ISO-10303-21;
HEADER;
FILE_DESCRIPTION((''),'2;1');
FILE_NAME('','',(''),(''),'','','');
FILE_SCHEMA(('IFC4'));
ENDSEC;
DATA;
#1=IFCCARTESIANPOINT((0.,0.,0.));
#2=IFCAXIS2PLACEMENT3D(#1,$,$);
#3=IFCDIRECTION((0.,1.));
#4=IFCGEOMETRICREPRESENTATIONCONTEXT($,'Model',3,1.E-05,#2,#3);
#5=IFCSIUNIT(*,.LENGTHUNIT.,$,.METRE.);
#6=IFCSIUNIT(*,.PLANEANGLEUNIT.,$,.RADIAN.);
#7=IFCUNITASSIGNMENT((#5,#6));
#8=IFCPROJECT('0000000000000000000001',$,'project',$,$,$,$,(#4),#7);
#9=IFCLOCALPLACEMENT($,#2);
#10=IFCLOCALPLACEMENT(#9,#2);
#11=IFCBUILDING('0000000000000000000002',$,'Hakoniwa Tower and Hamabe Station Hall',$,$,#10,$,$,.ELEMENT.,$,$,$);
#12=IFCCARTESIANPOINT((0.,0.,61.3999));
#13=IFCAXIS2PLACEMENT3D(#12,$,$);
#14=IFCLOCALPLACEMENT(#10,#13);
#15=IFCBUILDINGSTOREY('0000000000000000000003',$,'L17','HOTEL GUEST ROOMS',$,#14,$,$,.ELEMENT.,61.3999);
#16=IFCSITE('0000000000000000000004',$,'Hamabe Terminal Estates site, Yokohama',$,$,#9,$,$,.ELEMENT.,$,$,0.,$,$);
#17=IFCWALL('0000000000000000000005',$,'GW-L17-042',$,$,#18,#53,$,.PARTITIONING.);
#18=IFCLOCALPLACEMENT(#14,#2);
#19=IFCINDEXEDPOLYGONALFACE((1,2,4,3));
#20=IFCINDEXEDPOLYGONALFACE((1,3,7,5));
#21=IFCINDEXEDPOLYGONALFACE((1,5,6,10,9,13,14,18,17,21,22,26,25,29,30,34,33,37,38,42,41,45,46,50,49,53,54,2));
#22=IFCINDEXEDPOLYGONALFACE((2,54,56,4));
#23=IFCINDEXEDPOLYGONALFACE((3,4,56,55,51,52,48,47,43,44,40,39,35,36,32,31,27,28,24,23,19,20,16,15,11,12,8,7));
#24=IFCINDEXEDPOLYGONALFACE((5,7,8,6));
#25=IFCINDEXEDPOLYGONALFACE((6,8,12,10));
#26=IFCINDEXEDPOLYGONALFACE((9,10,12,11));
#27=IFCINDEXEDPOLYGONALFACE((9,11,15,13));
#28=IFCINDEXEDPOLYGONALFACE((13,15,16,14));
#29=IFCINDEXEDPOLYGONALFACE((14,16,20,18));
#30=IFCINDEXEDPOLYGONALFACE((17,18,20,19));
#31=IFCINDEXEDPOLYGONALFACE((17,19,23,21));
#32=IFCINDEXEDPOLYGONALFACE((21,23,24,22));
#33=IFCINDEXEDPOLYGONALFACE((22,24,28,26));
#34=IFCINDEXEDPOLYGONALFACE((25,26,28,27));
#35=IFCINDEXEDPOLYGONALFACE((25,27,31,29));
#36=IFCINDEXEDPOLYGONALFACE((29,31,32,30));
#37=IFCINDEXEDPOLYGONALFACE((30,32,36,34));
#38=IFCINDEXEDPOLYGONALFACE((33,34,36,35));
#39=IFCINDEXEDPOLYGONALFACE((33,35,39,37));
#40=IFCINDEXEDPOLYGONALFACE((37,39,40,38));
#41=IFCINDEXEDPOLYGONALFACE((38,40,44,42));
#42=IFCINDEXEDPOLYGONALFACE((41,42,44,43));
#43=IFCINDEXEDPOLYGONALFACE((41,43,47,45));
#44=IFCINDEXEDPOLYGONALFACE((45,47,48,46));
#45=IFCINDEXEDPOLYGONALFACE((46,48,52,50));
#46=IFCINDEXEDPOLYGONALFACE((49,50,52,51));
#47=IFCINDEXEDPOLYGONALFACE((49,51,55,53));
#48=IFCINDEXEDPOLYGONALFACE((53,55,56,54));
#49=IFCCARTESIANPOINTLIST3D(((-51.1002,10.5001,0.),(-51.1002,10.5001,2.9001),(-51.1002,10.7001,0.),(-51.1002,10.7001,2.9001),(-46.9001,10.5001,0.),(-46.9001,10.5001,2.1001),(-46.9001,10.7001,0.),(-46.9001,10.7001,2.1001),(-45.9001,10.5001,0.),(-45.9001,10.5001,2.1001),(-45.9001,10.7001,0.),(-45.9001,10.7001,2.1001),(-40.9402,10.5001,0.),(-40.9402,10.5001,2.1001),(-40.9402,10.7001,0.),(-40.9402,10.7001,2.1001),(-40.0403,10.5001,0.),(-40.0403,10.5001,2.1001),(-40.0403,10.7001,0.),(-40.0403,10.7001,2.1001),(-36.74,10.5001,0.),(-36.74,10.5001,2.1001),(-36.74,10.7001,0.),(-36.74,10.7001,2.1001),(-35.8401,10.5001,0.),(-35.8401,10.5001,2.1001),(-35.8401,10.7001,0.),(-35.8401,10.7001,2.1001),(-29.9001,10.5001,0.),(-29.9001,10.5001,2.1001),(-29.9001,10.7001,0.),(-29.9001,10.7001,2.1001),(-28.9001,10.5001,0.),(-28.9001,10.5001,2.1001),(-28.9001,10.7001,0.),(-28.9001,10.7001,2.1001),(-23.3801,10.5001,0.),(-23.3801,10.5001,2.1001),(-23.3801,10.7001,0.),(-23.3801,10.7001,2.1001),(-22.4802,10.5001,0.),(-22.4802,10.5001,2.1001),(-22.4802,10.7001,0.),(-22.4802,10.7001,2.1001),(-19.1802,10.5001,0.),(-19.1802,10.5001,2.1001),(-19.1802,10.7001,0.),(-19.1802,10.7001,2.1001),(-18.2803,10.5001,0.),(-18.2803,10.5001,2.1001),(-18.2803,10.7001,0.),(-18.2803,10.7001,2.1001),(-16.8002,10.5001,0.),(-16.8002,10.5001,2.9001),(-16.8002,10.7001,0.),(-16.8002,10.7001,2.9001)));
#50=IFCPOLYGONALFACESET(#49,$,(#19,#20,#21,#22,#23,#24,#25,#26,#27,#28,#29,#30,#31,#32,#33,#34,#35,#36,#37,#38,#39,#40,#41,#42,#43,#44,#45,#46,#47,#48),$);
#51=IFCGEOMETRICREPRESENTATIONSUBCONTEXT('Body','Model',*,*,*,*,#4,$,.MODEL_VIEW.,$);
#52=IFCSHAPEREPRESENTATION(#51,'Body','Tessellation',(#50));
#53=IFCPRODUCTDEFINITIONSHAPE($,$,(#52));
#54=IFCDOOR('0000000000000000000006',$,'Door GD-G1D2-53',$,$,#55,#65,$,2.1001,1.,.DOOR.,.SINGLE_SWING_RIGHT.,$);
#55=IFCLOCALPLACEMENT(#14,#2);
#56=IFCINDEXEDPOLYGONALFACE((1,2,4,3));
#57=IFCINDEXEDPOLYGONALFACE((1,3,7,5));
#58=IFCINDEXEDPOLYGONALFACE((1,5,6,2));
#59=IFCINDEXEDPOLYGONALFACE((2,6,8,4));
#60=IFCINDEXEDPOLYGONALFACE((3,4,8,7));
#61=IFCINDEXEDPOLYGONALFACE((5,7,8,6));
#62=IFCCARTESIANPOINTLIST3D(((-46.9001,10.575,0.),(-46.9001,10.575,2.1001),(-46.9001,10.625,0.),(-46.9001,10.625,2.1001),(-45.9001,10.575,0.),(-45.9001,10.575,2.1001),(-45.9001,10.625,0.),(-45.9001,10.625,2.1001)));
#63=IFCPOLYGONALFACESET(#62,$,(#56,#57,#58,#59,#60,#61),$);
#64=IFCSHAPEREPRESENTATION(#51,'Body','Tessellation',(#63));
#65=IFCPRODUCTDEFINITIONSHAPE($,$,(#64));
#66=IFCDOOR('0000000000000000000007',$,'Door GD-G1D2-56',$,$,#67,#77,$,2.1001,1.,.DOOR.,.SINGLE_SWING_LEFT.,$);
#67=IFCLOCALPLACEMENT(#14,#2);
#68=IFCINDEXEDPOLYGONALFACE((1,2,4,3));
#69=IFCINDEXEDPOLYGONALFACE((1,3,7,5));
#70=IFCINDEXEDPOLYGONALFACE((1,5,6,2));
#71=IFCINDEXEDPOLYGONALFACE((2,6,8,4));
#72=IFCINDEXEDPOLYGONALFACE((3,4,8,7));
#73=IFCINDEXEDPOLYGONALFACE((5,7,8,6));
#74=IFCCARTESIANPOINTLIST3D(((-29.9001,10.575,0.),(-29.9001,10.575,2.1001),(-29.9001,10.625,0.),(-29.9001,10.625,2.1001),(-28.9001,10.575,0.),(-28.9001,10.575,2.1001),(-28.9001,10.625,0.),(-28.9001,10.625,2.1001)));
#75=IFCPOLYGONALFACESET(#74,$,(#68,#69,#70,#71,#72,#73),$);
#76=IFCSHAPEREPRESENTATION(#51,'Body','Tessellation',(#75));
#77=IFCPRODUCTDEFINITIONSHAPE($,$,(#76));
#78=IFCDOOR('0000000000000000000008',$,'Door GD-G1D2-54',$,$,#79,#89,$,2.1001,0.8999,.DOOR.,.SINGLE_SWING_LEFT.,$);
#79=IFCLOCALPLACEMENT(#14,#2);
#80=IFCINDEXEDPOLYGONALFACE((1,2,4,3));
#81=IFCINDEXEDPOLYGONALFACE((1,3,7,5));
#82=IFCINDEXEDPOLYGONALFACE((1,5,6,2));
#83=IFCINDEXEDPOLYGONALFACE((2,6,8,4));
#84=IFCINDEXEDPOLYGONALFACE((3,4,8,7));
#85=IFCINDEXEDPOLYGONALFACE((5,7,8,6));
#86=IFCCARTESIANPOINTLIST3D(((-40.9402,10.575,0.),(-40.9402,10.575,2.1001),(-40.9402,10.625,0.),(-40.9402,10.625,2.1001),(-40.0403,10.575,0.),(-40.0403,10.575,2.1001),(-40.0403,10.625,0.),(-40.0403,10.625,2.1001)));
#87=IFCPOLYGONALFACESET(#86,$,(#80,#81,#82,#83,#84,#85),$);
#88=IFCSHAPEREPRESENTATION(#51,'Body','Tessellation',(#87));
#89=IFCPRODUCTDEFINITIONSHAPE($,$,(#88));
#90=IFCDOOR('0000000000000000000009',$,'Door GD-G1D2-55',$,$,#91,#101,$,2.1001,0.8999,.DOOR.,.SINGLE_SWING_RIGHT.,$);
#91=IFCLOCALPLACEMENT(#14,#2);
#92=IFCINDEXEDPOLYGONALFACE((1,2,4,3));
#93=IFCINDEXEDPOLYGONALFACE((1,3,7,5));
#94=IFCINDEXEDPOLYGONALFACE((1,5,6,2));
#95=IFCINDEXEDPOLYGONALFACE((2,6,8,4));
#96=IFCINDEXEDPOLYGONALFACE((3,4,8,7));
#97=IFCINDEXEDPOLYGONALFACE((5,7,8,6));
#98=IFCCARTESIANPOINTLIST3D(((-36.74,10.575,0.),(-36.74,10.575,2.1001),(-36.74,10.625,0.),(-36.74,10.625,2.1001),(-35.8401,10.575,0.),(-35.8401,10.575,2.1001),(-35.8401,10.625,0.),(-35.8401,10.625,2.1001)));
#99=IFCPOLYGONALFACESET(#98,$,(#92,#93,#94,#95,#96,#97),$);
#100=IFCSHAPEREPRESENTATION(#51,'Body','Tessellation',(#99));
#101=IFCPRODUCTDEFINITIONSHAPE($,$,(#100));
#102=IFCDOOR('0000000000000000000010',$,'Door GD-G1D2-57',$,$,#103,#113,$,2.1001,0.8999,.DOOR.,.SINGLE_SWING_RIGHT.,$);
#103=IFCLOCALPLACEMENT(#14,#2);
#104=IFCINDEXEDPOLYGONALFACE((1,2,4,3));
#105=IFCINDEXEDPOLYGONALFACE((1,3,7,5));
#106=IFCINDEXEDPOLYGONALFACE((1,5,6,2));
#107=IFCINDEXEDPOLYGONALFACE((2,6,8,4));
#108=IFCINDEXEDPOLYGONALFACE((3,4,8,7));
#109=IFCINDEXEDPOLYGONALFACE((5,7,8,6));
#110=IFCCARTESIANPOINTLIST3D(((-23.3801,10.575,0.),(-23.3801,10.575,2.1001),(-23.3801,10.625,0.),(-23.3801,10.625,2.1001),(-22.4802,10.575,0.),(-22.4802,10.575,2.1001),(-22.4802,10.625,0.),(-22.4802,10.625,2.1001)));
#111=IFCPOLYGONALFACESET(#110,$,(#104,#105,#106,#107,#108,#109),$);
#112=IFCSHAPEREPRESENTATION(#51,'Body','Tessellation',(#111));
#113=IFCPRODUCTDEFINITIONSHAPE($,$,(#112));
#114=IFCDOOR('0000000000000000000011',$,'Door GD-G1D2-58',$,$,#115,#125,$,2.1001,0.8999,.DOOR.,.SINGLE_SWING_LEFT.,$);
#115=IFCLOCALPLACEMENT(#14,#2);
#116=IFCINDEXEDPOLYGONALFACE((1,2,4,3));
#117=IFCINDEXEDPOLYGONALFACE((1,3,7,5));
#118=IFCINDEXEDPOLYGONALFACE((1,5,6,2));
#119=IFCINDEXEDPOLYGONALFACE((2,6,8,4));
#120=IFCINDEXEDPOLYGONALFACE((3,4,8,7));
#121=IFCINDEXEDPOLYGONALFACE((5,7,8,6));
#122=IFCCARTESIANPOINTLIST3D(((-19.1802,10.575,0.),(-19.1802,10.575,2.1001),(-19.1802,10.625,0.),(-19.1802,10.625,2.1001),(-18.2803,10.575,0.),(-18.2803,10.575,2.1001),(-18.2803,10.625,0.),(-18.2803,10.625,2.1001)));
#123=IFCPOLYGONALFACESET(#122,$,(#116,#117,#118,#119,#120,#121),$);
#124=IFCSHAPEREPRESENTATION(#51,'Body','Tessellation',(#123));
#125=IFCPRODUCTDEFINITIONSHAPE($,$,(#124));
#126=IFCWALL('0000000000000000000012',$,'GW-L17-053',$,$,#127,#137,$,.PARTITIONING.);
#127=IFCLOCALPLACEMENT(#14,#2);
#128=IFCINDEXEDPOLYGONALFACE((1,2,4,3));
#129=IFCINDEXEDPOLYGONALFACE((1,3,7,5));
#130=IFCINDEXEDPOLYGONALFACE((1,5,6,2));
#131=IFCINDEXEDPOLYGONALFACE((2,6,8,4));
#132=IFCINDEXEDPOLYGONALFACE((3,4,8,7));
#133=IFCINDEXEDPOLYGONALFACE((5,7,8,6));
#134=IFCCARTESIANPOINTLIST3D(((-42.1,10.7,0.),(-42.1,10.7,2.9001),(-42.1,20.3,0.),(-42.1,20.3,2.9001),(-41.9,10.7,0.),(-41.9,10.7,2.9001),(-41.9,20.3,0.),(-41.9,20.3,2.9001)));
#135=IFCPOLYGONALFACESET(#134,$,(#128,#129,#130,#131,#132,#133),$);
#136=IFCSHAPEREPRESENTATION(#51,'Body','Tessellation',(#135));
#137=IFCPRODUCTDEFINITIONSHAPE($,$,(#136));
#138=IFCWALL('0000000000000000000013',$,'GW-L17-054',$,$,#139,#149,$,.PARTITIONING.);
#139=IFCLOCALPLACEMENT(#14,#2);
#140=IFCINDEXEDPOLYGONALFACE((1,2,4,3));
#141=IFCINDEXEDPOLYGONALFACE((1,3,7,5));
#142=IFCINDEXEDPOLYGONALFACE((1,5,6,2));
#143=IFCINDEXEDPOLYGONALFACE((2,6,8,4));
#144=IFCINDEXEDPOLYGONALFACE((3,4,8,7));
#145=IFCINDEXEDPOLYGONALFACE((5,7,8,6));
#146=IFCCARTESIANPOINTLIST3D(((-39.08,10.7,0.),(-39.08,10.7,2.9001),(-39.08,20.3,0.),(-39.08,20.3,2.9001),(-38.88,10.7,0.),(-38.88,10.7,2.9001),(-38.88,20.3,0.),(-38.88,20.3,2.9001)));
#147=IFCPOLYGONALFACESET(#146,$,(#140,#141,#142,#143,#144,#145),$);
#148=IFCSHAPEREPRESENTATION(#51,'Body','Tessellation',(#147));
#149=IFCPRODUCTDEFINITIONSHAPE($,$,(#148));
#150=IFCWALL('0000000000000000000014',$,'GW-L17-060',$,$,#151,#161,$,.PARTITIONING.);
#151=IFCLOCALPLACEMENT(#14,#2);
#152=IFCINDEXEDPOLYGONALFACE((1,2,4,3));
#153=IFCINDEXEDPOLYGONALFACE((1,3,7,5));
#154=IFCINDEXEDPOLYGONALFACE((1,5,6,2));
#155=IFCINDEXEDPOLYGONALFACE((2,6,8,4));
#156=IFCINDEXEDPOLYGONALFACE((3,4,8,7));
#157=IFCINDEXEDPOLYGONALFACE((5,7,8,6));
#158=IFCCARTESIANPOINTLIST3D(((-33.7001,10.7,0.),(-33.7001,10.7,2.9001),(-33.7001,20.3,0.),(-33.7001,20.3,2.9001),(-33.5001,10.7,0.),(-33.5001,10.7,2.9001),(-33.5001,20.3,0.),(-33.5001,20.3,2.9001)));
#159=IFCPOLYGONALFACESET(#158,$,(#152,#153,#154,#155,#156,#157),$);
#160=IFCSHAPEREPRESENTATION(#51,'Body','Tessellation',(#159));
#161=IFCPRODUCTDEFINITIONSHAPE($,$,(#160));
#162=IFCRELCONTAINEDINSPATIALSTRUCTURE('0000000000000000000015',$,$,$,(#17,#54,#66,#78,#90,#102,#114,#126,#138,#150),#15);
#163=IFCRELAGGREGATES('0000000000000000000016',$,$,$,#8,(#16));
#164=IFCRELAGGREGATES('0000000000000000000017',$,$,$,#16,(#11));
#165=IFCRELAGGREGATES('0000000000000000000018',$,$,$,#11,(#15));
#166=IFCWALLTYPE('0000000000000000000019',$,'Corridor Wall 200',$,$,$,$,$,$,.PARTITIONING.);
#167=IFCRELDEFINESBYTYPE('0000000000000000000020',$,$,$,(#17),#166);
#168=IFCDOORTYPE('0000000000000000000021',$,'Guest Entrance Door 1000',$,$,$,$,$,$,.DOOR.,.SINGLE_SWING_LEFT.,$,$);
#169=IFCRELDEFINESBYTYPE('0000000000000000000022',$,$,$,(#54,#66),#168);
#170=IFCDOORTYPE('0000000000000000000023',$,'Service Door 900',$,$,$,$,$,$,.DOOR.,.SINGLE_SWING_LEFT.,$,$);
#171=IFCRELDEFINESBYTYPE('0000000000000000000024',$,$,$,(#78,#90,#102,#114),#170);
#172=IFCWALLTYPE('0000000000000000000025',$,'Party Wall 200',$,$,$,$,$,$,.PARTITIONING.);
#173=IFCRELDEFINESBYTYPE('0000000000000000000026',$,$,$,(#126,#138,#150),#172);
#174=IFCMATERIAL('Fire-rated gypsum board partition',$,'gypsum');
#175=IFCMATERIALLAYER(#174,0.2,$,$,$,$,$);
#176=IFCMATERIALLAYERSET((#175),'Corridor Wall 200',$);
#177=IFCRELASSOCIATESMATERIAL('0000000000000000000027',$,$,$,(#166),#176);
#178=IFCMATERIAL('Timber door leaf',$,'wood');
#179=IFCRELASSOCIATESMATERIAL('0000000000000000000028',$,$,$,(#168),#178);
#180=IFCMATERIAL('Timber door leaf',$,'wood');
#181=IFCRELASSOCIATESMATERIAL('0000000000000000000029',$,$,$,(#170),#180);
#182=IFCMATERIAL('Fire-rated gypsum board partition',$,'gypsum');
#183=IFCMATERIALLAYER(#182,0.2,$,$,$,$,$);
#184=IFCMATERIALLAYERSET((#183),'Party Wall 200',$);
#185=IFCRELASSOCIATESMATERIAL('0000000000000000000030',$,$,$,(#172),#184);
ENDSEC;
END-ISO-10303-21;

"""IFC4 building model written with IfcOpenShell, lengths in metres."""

from ifc_helpers import new_model, si_unit, direction, frame, frame_2d, origin, place, context, subcontext, project, spatial, rectangle, extrude, material, layer, layer_set, type_object, element, fill, save


model = new_model("IFC4")

# Units and contexts
model_context = context("Model", 3, precision=1e-05, world=origin(), true_north=direction((0.0, 1.0)))
body_context = subcontext(model_context, "Body", "Model", "MODEL_VIEW")
ifc_project = project(units=[si_unit("LENGTHUNIT", "METRE"), si_unit("PLANEANGLEUNIT", "RADIAN")], contexts=[model_context])

# Site, building, storey
site_placement = place(None, origin())
site = spatial("IfcSite", under=ifc_project, at=site_placement, Name="Hamabe Terminal Estates site, Yokohama", CompositionType="ELEMENT", RefElevation=0.0)
building_placement = place(site_placement, origin())
building = spatial("IfcBuilding", under=site, at=building_placement, Name="Hakoniwa Tower and Hamabe Station Hall", CompositionType="ELEMENT")
storey_placement = place(building_placement, frame((0.0, 0.0, 61.3999)))
storey = spatial("IfcBuildingStorey", under=building, at=storey_placement, Name="L17", Description="HOTEL GUEST ROOMS", CompositionType="ELEMENT", Elevation=61.3999)

# Wall, openings, doors
ifc_material_1 = material(Name="Fire-rated gypsum board partition", Category="gypsum")
ifc_layer_1 = layer(ifc_material_1, 0.2)
ifc_layer_set_1 = layer_set([ifc_layer_1], Name="Corridor Wall 200")
wall_type_1 = type_object("IfcWallType", Name="Corridor Wall 200", PredefinedType="PARTITIONING", material=ifc_layer_set_1)
ifc_material_2 = material(Name="Timber door leaf", Category="wood")
door_type_1 = type_object("IfcDoorType", Name="Guest Entrance Door 1000", OperationType="SINGLE_SWING_LEFT", PredefinedType="DOOR", material=ifc_material_2)
wall_1_placement = place(storey_placement, frame((-51.1001, 10.6001, 0.0), z_axis=(0.0, 0.0, 1.0), x_axis=(1.0, 0.0, 0.0)))
wall_1 = element("IfcWall", 1, at=wall_1_placement, inside=storey, type_object=wall_type_1, Name="GW-L17-042", PredefinedType="PARTITIONING", context=body_context, shape_type="SweptSolid", body=[
    extrude(rectangle(XDim=34.3, YDim=0.2, at=frame_2d((17.1499, 0.0))), origin(), (0.0, 0.0, 1.0), 2.9001),
])
opening_1_placement = place(wall_1_placement, frame((4.2, 0.0, 0.0)))
opening_1 = element("IfcOpeningElement", 2, at=opening_1_placement, cuts=wall_1, PredefinedType="OPENING", context=body_context, shape_type="SweptSolid", body=[
    extrude(rectangle(XDim=1.0, YDim=2.1001, at=frame_2d((0.5, 1.05))), frame((0.0, 0.1099, 0.0), z_axis=(0.0, -1.0, 0.0), x_axis=(1.0, 0.0, 0.0)), (0.0, 0.0, 1.0), 0.22),
])
opening_2_placement = place(wall_1_placement, frame((10.1599, 0.0, 0.0)))
opening_2 = element("IfcOpeningElement", 3, at=opening_2_placement, cuts=wall_1, PredefinedType="OPENING", context=body_context, shape_type="SweptSolid", body=[
    extrude(rectangle(XDim=0.8999, YDim=2.1001, at=frame_2d((0.45, 1.05))), frame((0.0, 0.1099, 0.0), z_axis=(0.0, -1.0, 0.0), x_axis=(1.0, 0.0, 0.0)), (0.0, 0.0, 1.0), 0.22),
])
opening_3_placement = place(wall_1_placement, frame((14.3601, 0.0, 0.0)))
opening_3 = element("IfcOpeningElement", 4, at=opening_3_placement, cuts=wall_1, PredefinedType="OPENING", context=body_context, shape_type="SweptSolid", body=[
    extrude(rectangle(XDim=0.8999, YDim=2.1001, at=frame_2d((0.45, 1.05))), frame((0.0, 0.1099, 0.0), z_axis=(0.0, -1.0, 0.0), x_axis=(1.0, 0.0, 0.0)), (0.0, 0.0, 1.0), 0.22),
])
opening_4_placement = place(wall_1_placement, frame((21.2, 0.0, 0.0)))
opening_4 = element("IfcOpeningElement", 5, at=opening_4_placement, cuts=wall_1, PredefinedType="OPENING", context=body_context, shape_type="SweptSolid", body=[
    extrude(rectangle(XDim=1.0, YDim=2.1001, at=frame_2d((0.5, 1.05))), frame((0.0, 0.1099, 0.0), z_axis=(0.0, -1.0, 0.0), x_axis=(1.0, 0.0, 0.0)), (0.0, 0.0, 1.0), 0.22),
])
opening_5_placement = place(wall_1_placement, frame((27.72, 0.0, 0.0)))
opening_5 = element("IfcOpeningElement", 6, at=opening_5_placement, cuts=wall_1, PredefinedType="OPENING", context=body_context, shape_type="SweptSolid", body=[
    extrude(rectangle(XDim=0.8999, YDim=2.1001, at=frame_2d((0.45, 1.05))), frame((0.0, 0.1099, 0.0), z_axis=(0.0, -1.0, 0.0), x_axis=(1.0, 0.0, 0.0)), (0.0, 0.0, 1.0), 0.22),
])
opening_6_placement = place(wall_1_placement, frame((31.9199, 0.0, 0.0)))
opening_6 = element("IfcOpeningElement", 7, at=opening_6_placement, cuts=wall_1, PredefinedType="OPENING", context=body_context, shape_type="SweptSolid", body=[
    extrude(rectangle(XDim=0.8999, YDim=2.1001, at=frame_2d((0.45, 1.05))), frame((0.0, 0.1099, 0.0), z_axis=(0.0, -1.0, 0.0), x_axis=(1.0, 0.0, 0.0)), (0.0, 0.0, 1.0), 0.22),
])
door_1_placement = place(opening_1_placement, origin())
door_1 = element("IfcDoor", 8, at=door_1_placement, inside=storey, type_object=door_type_1, Name="Door GD-G1D2-53", OperationType="SINGLE_SWING_RIGHT", OverallHeight=2.1001, OverallWidth=1.0, PredefinedType="DOOR", context=body_context, shape_type="SweptSolid", body=[
    extrude(rectangle(XDim=1.0, YDim=2.1001, at=frame_2d((0.5, 1.05))), frame((0.0, 0.0249, 0.0), z_axis=(0.0, -1.0, 0.0), x_axis=(1.0, 0.0, 0.0)), (0.0, 0.0, 1.0), 0.05),
])
fill(opening_1, door_1)
door_2_placement = place(opening_4_placement, origin())
door_2 = element("IfcDoor", 9, at=door_2_placement, inside=storey, type_object=door_type_1, Name="Door GD-G1D2-56", OperationType="SINGLE_SWING_LEFT", OverallHeight=2.1001, OverallWidth=1.0, PredefinedType="DOOR", context=body_context, shape_type="SweptSolid", body=[
    extrude(rectangle(XDim=1.0, YDim=2.1001, at=frame_2d((0.5, 1.05))), frame((0.0, 0.0249, 0.0), z_axis=(0.0, -1.0, 0.0), x_axis=(1.0, 0.0, 0.0)), (0.0, 0.0, 1.0), 0.05),
])
fill(opening_4, door_2)
ifc_material_3 = material(Name="Timber door leaf", Category="wood")
door_type_2 = type_object("IfcDoorType", Name="Service Door 900", OperationType="SINGLE_SWING_LEFT", PredefinedType="DOOR", material=ifc_material_3)
door_3_placement = place(opening_2_placement, origin())
door_3 = element("IfcDoor", 10, at=door_3_placement, inside=storey, type_object=door_type_2, Name="Door GD-G1D2-54", OperationType="SINGLE_SWING_LEFT", OverallHeight=2.1001, OverallWidth=0.8999, PredefinedType="DOOR", context=body_context, shape_type="SweptSolid", body=[
    extrude(rectangle(XDim=0.8999, YDim=2.1001, at=frame_2d((0.45, 1.05))), frame((0.0, 0.0249, 0.0), z_axis=(0.0, -1.0, 0.0), x_axis=(1.0, 0.0, 0.0)), (0.0, 0.0, 1.0), 0.05),
])
fill(opening_2, door_3)
door_4_placement = place(opening_3_placement, origin())
door_4 = element("IfcDoor", 11, at=door_4_placement, inside=storey, type_object=door_type_2, Name="Door GD-G1D2-55", OperationType="SINGLE_SWING_RIGHT", OverallHeight=2.1001, OverallWidth=0.8999, PredefinedType="DOOR", context=body_context, shape_type="SweptSolid", body=[
    extrude(rectangle(XDim=0.8999, YDim=2.1001, at=frame_2d((0.45, 1.05))), frame((0.0, 0.0249, 0.0), z_axis=(0.0, -1.0, 0.0), x_axis=(1.0, 0.0, 0.0)), (0.0, 0.0, 1.0), 0.05),
])
fill(opening_3, door_4)
door_5_placement = place(opening_5_placement, origin())
door_5 = element("IfcDoor", 12, at=door_5_placement, inside=storey, type_object=door_type_2, Name="Door GD-G1D2-57", OperationType="SINGLE_SWING_RIGHT", OverallHeight=2.1001, OverallWidth=0.8999, PredefinedType="DOOR", context=body_context, shape_type="SweptSolid", body=[
    extrude(rectangle(XDim=0.8999, YDim=2.1001, at=frame_2d((0.45, 1.05))), frame((0.0, 0.0249, 0.0), z_axis=(0.0, -1.0, 0.0), x_axis=(1.0, 0.0, 0.0)), (0.0, 0.0, 1.0), 0.05),
])
fill(opening_5, door_5)
door_6_placement = place(opening_6_placement, origin())
door_6 = element("IfcDoor", 13, at=door_6_placement, inside=storey, type_object=door_type_2, Name="Door GD-G1D2-58", OperationType="SINGLE_SWING_LEFT", OverallHeight=2.1001, OverallWidth=0.8999, PredefinedType="DOOR", context=body_context, shape_type="SweptSolid", body=[
    extrude(rectangle(XDim=0.8999, YDim=2.1001, at=frame_2d((0.45, 1.05))), frame((0.0, 0.0249, 0.0), z_axis=(0.0, -1.0, 0.0), x_axis=(1.0, 0.0, 0.0)), (0.0, 0.0, 1.0), 0.05),
])
fill(opening_6, door_6)

# Walls
ifc_material_4 = material(Name="Fire-rated gypsum board partition", Category="gypsum")
ifc_layer_2 = layer(ifc_material_4, 0.2)
ifc_layer_set_2 = layer_set([ifc_layer_2], Name="Party Wall 200")
wall_type_2 = type_object("IfcWallType", Name="Party Wall 200", PredefinedType="PARTITIONING", material=ifc_layer_set_2)
for number, where, z_axis, x_axis, name in (
    (14, (-42.0, 10.7, 0.0), (0.0, 0.0, 1.0), (0.0, 1.0, 0.0), "GW-L17-053"),
    (15, (-38.98, 10.7, 0.0), (0.0, 0.0, 1.0), (0.0, 1.0, 0.0), "GW-L17-054"),
    (16, (-33.6001, 10.7, 0.0), (0.0, 0.0, 1.0), (0.0, 1.0, 0.0), "GW-L17-060"),
):
    element("IfcWall", number, at=place(storey_placement, frame(where, z_axis=z_axis, x_axis=x_axis)), inside=storey, type_object=wall_type_2, Name=name, PredefinedType="PARTITIONING", context=body_context, shape_type="SweptSolid", body=[
        extrude(rectangle(XDim=9.6001, YDim=0.2, at=frame_2d((4.8, 0.0))), origin(), (0.0, 0.0, 1.0), 2.9001),
    ])

save(model, "model.ifc")
